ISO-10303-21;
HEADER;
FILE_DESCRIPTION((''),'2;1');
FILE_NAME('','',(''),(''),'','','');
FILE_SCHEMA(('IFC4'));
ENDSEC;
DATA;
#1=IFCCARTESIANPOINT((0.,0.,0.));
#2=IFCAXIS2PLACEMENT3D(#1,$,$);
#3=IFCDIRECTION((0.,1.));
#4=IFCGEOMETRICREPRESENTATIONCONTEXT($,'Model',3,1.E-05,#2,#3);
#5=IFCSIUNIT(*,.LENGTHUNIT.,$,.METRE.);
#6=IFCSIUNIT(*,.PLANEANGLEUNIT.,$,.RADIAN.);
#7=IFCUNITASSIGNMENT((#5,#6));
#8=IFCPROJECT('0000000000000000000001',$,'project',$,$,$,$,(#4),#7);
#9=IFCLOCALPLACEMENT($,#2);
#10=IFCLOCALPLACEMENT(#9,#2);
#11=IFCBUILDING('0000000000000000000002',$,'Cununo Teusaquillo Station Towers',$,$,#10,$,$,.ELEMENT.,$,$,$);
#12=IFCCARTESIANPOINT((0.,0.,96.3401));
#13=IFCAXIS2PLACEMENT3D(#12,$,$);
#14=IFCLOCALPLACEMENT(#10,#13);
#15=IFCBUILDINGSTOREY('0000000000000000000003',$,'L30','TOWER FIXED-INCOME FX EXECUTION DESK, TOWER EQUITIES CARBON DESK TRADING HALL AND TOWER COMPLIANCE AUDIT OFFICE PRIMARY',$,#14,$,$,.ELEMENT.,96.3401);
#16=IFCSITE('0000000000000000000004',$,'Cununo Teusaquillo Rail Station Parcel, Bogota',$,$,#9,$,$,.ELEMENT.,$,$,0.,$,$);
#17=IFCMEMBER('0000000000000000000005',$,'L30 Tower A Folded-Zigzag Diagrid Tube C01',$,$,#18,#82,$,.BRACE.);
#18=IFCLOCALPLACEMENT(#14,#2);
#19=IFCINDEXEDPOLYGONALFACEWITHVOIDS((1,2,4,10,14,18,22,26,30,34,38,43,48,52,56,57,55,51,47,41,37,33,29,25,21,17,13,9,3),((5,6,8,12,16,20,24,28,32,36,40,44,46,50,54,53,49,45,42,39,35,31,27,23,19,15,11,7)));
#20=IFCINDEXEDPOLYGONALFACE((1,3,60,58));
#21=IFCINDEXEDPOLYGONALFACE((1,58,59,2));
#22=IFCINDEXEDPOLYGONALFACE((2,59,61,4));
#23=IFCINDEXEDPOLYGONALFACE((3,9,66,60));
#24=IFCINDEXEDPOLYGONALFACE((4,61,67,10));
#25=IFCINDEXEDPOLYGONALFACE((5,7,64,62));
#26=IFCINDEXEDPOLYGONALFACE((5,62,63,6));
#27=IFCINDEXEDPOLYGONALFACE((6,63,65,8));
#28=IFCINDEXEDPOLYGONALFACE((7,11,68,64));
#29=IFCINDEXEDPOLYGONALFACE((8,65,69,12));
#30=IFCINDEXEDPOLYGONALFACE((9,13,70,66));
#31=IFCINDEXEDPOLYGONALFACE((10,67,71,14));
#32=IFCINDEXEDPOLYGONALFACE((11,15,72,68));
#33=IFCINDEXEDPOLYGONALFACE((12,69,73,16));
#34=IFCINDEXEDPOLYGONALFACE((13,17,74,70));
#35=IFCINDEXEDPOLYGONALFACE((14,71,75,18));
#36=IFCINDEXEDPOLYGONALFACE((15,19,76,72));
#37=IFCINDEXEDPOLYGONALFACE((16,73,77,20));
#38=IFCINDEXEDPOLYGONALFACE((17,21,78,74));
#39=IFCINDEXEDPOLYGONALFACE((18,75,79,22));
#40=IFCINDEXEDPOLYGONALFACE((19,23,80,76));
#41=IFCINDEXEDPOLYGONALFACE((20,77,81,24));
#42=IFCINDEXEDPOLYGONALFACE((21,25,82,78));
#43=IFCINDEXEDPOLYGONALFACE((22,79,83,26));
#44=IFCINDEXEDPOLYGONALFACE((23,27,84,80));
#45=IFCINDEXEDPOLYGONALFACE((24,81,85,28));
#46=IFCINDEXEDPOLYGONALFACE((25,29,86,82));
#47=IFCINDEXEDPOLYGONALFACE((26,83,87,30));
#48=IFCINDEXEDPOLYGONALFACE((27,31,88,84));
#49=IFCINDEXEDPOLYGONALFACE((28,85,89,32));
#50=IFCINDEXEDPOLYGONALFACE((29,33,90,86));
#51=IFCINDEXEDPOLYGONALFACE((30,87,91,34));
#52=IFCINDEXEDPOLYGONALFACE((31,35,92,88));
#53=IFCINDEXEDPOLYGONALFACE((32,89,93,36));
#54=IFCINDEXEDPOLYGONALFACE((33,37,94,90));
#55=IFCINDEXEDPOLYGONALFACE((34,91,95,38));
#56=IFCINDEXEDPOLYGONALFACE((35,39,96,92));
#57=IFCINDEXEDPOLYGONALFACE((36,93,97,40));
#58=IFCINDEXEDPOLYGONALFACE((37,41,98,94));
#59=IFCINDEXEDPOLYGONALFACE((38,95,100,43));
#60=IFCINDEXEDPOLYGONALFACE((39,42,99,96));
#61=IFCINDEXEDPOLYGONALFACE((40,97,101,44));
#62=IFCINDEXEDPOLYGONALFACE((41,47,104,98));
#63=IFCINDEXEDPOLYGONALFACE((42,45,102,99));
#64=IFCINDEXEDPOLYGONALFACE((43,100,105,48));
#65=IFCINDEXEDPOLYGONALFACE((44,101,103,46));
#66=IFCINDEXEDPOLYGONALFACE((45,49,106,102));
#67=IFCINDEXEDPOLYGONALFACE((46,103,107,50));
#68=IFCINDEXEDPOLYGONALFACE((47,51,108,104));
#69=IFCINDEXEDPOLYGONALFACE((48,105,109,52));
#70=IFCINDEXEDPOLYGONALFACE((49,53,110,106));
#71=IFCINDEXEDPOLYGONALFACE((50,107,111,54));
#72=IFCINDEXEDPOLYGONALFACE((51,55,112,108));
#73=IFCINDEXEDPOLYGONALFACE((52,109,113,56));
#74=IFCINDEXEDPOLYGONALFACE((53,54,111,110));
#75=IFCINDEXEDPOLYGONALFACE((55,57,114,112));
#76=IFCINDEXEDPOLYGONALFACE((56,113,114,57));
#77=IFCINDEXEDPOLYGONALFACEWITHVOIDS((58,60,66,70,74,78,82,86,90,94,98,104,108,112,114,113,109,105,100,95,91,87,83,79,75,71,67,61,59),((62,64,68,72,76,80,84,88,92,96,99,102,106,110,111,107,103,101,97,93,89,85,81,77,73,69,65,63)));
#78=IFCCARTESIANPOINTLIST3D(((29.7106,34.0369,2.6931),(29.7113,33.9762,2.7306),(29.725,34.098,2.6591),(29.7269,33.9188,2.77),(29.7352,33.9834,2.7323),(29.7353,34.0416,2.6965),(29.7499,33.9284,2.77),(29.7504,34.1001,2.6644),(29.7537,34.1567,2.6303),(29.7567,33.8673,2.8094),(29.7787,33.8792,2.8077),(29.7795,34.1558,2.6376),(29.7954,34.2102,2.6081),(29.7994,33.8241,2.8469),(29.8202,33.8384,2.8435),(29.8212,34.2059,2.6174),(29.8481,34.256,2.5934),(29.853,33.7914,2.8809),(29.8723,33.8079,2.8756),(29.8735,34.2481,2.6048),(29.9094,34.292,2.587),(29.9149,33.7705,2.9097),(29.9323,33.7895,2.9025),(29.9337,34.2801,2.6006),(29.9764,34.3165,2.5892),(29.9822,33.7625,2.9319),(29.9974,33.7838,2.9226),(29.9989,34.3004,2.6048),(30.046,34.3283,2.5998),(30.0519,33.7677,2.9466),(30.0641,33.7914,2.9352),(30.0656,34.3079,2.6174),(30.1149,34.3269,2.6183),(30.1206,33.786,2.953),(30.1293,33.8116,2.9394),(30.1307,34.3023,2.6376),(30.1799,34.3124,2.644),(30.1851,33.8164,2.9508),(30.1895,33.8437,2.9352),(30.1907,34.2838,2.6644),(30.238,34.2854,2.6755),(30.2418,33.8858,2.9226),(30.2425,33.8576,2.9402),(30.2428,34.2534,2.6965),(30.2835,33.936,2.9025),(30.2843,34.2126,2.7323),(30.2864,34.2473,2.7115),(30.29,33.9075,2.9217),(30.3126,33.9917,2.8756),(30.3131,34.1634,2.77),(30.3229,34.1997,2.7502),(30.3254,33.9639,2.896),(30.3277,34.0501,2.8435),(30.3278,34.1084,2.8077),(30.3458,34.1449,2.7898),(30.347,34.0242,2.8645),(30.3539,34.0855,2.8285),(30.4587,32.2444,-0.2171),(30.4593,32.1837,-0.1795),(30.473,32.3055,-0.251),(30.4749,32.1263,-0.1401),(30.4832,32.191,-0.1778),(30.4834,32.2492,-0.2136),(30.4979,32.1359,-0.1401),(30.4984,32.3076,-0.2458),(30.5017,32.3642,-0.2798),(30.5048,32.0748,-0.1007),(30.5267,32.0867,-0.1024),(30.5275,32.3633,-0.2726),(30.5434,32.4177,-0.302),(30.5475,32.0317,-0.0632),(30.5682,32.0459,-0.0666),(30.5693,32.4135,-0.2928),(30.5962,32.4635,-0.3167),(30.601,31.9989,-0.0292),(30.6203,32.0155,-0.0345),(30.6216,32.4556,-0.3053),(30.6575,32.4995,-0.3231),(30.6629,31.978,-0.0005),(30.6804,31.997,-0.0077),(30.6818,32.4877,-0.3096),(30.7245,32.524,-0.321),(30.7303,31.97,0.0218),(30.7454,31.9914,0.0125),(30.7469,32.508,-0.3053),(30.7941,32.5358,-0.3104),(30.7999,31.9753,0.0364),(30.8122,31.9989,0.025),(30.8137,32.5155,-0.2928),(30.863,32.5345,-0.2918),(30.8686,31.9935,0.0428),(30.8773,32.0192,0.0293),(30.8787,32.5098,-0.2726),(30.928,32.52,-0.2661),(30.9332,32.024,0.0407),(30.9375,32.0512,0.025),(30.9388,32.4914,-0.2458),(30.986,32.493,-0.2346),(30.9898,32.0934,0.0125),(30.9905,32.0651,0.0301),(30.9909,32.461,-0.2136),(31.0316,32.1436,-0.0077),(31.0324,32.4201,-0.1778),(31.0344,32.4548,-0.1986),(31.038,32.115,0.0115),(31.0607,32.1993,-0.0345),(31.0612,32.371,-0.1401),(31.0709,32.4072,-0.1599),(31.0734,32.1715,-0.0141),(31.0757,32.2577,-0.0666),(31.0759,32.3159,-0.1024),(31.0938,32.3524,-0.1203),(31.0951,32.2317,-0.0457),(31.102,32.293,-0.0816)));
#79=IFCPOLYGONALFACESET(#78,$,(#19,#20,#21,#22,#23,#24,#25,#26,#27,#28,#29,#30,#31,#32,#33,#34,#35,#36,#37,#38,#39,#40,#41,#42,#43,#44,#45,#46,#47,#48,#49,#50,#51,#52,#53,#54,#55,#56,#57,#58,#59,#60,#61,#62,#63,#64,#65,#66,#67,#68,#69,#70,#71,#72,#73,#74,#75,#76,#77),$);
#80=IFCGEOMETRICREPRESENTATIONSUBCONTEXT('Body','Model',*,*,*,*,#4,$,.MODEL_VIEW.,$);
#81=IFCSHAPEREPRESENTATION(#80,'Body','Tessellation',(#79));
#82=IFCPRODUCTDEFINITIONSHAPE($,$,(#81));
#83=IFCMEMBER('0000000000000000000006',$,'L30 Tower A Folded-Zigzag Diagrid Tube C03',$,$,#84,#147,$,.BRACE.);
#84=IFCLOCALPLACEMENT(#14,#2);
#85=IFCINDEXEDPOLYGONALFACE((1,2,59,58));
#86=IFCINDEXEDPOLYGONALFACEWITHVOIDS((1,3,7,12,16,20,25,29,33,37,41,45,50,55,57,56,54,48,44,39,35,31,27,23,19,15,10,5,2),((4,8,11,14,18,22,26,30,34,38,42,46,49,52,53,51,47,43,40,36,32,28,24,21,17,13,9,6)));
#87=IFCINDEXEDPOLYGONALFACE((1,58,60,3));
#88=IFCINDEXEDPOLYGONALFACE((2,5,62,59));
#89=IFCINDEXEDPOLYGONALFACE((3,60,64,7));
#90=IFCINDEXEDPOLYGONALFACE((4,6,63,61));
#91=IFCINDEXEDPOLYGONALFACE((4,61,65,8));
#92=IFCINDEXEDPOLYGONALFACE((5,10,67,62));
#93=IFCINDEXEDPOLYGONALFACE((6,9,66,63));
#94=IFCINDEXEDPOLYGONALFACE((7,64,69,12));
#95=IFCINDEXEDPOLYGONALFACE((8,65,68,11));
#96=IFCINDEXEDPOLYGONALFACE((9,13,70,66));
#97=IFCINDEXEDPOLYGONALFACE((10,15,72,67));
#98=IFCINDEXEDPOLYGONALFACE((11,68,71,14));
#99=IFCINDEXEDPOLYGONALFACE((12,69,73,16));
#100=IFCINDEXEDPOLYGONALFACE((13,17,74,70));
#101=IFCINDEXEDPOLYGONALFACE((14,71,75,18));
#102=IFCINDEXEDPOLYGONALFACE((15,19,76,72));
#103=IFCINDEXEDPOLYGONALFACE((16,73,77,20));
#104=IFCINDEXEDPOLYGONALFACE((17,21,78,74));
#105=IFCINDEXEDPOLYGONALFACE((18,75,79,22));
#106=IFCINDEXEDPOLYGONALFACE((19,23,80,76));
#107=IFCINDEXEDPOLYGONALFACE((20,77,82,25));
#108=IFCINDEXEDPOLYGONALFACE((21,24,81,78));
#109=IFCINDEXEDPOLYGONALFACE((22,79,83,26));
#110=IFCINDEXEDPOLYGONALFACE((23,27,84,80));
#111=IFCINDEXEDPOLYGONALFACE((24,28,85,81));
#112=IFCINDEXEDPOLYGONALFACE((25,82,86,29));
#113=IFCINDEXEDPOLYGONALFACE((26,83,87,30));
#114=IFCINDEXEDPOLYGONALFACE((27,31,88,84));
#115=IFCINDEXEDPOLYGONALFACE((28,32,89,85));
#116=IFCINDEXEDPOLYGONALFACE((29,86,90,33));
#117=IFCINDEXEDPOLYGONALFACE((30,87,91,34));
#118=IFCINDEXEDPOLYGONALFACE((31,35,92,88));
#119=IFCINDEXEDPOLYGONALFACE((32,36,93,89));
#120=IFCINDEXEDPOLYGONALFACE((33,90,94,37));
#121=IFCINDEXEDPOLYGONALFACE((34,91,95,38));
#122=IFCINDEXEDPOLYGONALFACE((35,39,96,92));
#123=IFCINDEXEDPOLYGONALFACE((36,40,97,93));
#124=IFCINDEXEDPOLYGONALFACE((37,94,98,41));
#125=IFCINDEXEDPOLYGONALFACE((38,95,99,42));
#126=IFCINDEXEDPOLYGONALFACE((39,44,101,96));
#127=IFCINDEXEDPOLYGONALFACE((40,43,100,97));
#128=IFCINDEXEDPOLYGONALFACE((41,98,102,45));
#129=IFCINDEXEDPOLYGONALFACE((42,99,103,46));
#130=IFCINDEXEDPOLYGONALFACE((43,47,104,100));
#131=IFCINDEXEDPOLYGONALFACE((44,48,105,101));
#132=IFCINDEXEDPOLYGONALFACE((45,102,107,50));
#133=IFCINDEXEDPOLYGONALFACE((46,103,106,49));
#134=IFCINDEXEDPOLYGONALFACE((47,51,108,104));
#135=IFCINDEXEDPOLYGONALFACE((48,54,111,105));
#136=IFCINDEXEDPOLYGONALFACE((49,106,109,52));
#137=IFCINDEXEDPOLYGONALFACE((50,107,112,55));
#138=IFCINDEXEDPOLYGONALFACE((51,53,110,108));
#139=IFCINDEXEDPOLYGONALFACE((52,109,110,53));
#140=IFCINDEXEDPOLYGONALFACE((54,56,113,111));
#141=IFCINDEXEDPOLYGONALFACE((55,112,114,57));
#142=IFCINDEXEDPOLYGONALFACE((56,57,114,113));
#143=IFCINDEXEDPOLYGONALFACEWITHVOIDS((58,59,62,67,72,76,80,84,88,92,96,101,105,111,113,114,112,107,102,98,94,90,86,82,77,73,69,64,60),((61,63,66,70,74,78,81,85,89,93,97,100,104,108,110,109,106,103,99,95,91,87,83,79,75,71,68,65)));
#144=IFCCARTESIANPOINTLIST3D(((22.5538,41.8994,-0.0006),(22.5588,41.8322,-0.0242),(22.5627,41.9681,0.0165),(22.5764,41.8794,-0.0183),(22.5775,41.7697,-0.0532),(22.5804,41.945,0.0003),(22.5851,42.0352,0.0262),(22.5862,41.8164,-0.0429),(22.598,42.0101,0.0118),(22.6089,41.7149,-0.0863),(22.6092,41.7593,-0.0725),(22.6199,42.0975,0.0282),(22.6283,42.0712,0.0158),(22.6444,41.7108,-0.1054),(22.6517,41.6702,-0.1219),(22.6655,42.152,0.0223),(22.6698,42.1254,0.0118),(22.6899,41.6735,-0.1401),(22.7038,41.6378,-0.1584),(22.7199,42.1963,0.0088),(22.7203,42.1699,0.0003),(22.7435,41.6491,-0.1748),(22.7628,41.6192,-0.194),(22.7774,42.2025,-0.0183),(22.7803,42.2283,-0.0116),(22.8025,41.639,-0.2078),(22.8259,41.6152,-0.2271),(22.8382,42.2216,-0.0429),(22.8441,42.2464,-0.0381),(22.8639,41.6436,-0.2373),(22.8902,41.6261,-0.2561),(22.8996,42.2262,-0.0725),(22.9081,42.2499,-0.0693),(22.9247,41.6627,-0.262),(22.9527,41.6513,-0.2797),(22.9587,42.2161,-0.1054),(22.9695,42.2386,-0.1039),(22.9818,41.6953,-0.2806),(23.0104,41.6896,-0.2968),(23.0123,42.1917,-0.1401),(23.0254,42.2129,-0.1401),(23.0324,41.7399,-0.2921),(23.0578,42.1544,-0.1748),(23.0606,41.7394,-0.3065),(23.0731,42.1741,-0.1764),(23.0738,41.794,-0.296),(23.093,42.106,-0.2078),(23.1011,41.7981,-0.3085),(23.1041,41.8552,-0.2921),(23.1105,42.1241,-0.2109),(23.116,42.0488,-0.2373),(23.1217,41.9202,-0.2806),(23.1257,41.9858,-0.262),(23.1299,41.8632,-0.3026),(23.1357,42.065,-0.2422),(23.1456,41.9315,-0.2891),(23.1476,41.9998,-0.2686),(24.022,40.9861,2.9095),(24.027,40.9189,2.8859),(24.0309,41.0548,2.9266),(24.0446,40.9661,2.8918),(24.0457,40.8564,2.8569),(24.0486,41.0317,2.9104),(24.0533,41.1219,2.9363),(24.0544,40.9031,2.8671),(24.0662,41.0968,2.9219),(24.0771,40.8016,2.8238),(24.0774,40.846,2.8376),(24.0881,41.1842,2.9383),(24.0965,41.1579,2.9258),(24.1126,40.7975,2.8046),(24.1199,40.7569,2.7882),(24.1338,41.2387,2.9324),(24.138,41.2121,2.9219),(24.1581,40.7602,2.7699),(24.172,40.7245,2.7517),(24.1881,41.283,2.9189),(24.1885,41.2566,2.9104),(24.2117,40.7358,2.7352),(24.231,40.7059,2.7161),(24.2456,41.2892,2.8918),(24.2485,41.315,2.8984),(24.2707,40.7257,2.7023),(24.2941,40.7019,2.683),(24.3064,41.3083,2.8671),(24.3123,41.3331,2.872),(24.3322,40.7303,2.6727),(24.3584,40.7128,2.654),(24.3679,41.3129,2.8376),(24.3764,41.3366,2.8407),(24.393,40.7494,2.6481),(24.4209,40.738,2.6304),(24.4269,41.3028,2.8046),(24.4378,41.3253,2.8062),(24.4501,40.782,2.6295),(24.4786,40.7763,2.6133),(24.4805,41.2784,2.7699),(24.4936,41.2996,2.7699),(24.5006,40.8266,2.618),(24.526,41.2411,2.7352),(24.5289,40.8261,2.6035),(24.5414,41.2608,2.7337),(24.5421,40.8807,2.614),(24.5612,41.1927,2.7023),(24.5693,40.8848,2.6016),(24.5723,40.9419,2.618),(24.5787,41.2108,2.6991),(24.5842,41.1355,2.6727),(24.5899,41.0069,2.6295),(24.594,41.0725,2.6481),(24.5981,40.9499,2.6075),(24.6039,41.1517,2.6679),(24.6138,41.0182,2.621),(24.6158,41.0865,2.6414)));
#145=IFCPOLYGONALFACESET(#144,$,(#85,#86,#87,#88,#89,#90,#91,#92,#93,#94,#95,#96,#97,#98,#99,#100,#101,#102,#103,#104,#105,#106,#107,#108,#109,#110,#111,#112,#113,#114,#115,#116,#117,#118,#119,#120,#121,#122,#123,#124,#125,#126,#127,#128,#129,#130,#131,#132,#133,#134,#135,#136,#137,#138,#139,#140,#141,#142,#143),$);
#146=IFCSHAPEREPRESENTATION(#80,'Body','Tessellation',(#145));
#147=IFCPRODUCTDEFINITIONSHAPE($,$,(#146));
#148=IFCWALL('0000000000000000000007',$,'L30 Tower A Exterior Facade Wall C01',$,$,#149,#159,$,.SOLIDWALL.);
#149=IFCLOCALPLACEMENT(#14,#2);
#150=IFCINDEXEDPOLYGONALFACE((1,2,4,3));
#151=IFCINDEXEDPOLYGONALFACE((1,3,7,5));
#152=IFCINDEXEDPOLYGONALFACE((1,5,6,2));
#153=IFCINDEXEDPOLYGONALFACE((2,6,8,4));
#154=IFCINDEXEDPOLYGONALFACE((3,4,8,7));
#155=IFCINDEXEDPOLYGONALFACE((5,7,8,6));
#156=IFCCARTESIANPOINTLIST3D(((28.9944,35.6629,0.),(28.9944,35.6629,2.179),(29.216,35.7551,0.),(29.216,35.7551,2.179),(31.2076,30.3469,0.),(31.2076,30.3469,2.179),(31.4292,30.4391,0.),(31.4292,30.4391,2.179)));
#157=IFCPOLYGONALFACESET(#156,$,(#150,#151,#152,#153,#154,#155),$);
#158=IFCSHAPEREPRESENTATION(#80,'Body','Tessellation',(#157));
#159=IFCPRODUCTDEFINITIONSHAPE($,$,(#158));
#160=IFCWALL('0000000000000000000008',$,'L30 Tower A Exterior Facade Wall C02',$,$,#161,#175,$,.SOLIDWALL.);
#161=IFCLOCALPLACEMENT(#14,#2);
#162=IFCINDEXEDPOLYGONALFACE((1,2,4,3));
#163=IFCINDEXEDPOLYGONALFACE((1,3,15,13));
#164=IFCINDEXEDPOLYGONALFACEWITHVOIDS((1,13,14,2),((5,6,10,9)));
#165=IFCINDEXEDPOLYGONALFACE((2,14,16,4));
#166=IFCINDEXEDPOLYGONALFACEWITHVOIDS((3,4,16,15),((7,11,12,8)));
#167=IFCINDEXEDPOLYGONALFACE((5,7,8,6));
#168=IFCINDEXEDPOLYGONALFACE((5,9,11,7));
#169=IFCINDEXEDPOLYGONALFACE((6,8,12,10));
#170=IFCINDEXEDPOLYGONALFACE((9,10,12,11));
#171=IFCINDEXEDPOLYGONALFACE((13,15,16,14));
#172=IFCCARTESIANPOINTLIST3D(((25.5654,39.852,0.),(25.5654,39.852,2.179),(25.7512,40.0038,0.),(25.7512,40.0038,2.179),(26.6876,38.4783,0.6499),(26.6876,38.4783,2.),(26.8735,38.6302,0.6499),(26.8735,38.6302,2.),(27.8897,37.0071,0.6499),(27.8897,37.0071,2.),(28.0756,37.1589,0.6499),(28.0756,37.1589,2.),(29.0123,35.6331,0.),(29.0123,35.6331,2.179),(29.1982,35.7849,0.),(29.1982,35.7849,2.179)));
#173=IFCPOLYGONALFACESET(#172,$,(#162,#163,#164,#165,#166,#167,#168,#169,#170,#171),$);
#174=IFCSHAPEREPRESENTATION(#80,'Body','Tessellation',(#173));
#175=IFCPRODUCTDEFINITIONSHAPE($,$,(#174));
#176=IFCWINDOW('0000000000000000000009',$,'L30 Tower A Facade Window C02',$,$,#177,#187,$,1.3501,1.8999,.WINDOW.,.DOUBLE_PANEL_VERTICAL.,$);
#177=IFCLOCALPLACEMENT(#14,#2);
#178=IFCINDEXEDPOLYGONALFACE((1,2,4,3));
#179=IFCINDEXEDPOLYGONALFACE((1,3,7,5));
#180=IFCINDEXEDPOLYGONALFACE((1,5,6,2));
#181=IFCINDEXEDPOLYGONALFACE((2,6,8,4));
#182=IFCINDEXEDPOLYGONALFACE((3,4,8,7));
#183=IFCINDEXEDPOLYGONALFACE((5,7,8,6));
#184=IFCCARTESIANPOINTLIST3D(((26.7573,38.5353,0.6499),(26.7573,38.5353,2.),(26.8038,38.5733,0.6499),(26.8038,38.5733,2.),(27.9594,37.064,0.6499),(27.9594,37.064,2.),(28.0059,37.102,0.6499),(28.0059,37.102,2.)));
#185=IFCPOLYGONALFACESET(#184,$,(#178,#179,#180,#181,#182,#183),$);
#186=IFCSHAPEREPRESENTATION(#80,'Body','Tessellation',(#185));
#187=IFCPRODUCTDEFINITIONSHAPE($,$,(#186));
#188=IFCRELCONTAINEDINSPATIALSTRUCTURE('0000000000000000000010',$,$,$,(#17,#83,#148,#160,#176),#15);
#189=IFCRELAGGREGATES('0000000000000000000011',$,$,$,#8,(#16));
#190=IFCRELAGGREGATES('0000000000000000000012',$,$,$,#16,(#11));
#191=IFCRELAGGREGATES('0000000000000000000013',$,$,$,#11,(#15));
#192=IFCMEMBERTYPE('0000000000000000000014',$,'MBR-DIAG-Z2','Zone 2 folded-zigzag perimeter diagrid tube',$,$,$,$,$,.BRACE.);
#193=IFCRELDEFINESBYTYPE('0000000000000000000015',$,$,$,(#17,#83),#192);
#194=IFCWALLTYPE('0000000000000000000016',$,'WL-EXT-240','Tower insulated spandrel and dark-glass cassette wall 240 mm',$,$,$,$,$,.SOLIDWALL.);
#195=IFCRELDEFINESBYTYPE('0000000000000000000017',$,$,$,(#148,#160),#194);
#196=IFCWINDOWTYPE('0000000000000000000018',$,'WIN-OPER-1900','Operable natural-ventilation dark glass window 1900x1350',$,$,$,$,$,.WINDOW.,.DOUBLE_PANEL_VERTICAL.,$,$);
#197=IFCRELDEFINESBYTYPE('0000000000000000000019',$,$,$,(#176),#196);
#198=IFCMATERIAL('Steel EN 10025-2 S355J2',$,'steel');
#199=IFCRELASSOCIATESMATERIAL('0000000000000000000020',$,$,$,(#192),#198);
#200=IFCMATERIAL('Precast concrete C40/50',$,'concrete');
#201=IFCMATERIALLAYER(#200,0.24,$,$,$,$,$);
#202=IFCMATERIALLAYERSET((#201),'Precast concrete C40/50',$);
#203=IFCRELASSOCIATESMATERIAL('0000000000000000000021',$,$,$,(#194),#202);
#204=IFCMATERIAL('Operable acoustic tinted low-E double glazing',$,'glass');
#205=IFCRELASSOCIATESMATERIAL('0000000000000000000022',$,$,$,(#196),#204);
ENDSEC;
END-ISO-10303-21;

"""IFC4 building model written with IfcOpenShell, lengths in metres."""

from ifc_helpers import new_model, si_unit, direction, frame, frame_2d, origin, origin_2d, place, context, subcontext, project, spatial, rectangle, hollow_circle, extrude, source, transform, mapped, material, layer, layer_set, material_profile, profile_set, type_object, element, fill, save


model = new_model("IFC4")

# Units and contexts
model_context = context("Model", 3, precision=1e-05, world=origin(), true_north=direction((0.0, 1.0)))
body_context = subcontext(model_context, "Body", "Model", "MODEL_VIEW")
ifc_project = project(units=[si_unit("LENGTHUNIT", "METRE"), si_unit("PLANEANGLEUNIT", "RADIAN")], contexts=[model_context])

# Site, building, storey
site_placement = place(None, origin())
site = spatial("IfcSite", under=ifc_project, at=site_placement, Name="Cununo Teusaquillo Rail Station Parcel, Bogota", CompositionType="ELEMENT", RefElevation=0.0)
building_placement = place(site_placement, origin())
building = spatial("IfcBuilding", under=site, at=building_placement, Name="Cununo Teusaquillo Station Towers", CompositionType="ELEMENT")
storey_placement = place(building_placement, frame((0.0, 0.0, 96.3401)))
storey = spatial("IfcBuildingStorey", under=building, at=storey_placement, Name="L30", Description="TOWER FIXED-INCOME FX EXECUTION DESK, TOWER EQUITIES CARBON DESK TRADING HALL AND TOWER COMPLIANCE AUDIT OFFICE PRIMARY", CompositionType="ELEMENT", Elevation=96.3401)

# Members
ifc_material_1 = material(Name="Steel EN 10025-2 S355J2", Category="steel")
ifc_material_profile_1 = material_profile(ifc_material_1, hollow_circle(Radius=0.3301, WallThickness=0.0249, at=origin_2d()), Name="CHS 660x25")
ifc_profile_set_1 = profile_set([ifc_material_profile_1], Name="Steel EN 10025-2 S355J2")
member_type = type_object("IfcMemberType", Name="MBR-DIAG-Z2", Description="Zone 2 folded-zigzag perimeter diagrid tube", PredefinedType="BRACE", material=ifc_profile_set_1)
member_1_placement = place(storey_placement, frame((30.7795, 32.2534, -0.1401), z_axis=(-0.213801, 0.512314, 0.831759), x_axis=(-0.922861, -0.385133, 0.0)))
element("IfcMember", 1, at=member_1_placement, inside=storey, type_object=member_type, Name="L30 Tower A Folded-Zigzag Diagrid Tube C01", PredefinedType="BRACE", context=body_context, shape_type="SweptSolid", body=[
    extrude(hollow_circle(Radius=0.3301, WallThickness=0.0249, at=origin_2d()), origin(), (0.0, 0.0, 1.0), 3.4988),
])
member_2_placement = place(storey_placement, frame((22.8511, 41.9326, -0.1401), z_axis=(0.433741, -0.269808, 0.859693), x_axis=(0.528196, 0.849123, 0.0)))
element("IfcMember", 2, at=member_2_placement, inside=storey, type_object=member_type, Name="L30 Tower A Folded-Zigzag Diagrid Tube C03", PredefinedType="BRACE", context=body_context, shape_type="SweptSolid", body=[
    extrude(hollow_circle(Radius=0.3301, WallThickness=0.0249, at=origin_2d()), origin(), (0.0, 0.0, 1.0), 3.385),
])

# Wall
ifc_material_2 = material(Name="Precast concrete C40/50", Category="concrete")
ifc_layer_1 = layer(ifc_material_2, 0.24)
ifc_layer_set_1 = layer_set([ifc_layer_1], Name="Precast concrete C40/50")
wall_type_1 = type_object("IfcWallType", Name="WL-EXT-240", Description="Tower insulated spandrel and dark-glass cassette wall 240 mm", PredefinedType="SOLIDWALL", material=ifc_layer_set_1)
wall_1_placement = place(storey_placement, frame((29.1052, 35.709, 0.0), z_axis=(0.0, 0.0, 1.0), x_axis=(0.384344, -0.92319, 0.0)))
element("IfcWall", 3, at=wall_1_placement, inside=storey, type_object=wall_type_1, Name="L30 Tower A Exterior Facade Wall C01", PredefinedType="SOLIDWALL", context=body_context, shape_type="SweptSolid", body=[
    extrude(rectangle(XDim=5.7583, YDim=0.24, at=frame_2d((2.8792, 0.0))), origin(), (0.0, 0.0, 1.0), 2.179),
])

# Wall, opening, window
wall_2_placement = place(storey_placement, frame((25.6582, 39.928, 0.0), z_axis=(0.0, 0.0, 1.0), x_axis=(0.632701, -0.774396, 0.0)))
wall_2 = element("IfcWall", 4, at=wall_2_placement, inside=storey, type_object=wall_type_1, Name="L30 Tower A Exterior Facade Wall C02", PredefinedType="SOLIDWALL", context=body_context, shape_type="SweptSolid", body=[
    extrude(rectangle(XDim=5.448, YDim=0.24, at=frame_2d((2.7241, 0.0))), origin(), (0.0, 0.0, 1.0), 2.179),
])
shared_shape_1 = source(origin(), body_context, "Body", "SweptSolid", [
    extrude(rectangle(XDim=1.8999, YDim=1.3501, at=frame_2d((0.95, 0.675))), frame((0.0, 0.1299, 0.0), z_axis=(0.0, -1.0, 0.0), x_axis=(1.0, 0.0, 0.0)), (0.0, 0.0, 1.0), 0.26),
])
opening_1_placement = place(wall_2_placement, frame((1.7739, 0.0, 0.6499)))
opening_1 = element("IfcOpeningElement", 5, at=opening_1_placement, cuts=wall_2, PredefinedType="OPENING", context=body_context, shape_type="MappedRepresentation", body=[
    mapped(shared_shape_1, transform((0.0, 0.0, 0.0), x_axis=(1.0, 0.0, 0.0), y_axis=(0.0, 1.0, 0.0), z_axis=(0.0, 0.0, 1.0), scale=1.0)),
])
ifc_material_3 = material(Name="Operable acoustic tinted low-E double glazing", Category="glass")
window_type = type_object("IfcWindowType", Name="WIN-OPER-1900", Description="Operable natural-ventilation dark glass window 1900x1350", PartitioningType="DOUBLE_PANEL_VERTICAL", PredefinedType="WINDOW", material=ifc_material_3)
shared_shape_2 = source(origin(), body_context, "Body", "SweptSolid", [
    extrude(rectangle(XDim=1.8999, YDim=1.3501, at=frame_2d((0.95, 0.675))), frame((0.0, 0.03, 0.0), z_axis=(0.0, -1.0, 0.0), x_axis=(1.0, 0.0, 0.0)), (0.0, 0.0, 1.0), 0.0601),
])
window_placement = place(opening_1_placement, origin())
window = element("IfcWindow", 6, at=window_placement, inside=storey, type_object=window_type, Name="L30 Tower A Facade Window C02", OverallHeight=1.3501, OverallWidth=1.8999, PartitioningType="DOUBLE_PANEL_VERTICAL", PredefinedType="WINDOW", context=body_context, shape_type="MappedRepresentation", body=[
    mapped(shared_shape_2, transform((0.0, 0.0, 0.0), x_axis=(1.0, 0.0, 0.0), y_axis=(0.0, 1.0, 0.0), z_axis=(0.0, 0.0, 1.0), scale=1.0)),
])
fill(opening_1, window)

save(model, "model.ifc")
